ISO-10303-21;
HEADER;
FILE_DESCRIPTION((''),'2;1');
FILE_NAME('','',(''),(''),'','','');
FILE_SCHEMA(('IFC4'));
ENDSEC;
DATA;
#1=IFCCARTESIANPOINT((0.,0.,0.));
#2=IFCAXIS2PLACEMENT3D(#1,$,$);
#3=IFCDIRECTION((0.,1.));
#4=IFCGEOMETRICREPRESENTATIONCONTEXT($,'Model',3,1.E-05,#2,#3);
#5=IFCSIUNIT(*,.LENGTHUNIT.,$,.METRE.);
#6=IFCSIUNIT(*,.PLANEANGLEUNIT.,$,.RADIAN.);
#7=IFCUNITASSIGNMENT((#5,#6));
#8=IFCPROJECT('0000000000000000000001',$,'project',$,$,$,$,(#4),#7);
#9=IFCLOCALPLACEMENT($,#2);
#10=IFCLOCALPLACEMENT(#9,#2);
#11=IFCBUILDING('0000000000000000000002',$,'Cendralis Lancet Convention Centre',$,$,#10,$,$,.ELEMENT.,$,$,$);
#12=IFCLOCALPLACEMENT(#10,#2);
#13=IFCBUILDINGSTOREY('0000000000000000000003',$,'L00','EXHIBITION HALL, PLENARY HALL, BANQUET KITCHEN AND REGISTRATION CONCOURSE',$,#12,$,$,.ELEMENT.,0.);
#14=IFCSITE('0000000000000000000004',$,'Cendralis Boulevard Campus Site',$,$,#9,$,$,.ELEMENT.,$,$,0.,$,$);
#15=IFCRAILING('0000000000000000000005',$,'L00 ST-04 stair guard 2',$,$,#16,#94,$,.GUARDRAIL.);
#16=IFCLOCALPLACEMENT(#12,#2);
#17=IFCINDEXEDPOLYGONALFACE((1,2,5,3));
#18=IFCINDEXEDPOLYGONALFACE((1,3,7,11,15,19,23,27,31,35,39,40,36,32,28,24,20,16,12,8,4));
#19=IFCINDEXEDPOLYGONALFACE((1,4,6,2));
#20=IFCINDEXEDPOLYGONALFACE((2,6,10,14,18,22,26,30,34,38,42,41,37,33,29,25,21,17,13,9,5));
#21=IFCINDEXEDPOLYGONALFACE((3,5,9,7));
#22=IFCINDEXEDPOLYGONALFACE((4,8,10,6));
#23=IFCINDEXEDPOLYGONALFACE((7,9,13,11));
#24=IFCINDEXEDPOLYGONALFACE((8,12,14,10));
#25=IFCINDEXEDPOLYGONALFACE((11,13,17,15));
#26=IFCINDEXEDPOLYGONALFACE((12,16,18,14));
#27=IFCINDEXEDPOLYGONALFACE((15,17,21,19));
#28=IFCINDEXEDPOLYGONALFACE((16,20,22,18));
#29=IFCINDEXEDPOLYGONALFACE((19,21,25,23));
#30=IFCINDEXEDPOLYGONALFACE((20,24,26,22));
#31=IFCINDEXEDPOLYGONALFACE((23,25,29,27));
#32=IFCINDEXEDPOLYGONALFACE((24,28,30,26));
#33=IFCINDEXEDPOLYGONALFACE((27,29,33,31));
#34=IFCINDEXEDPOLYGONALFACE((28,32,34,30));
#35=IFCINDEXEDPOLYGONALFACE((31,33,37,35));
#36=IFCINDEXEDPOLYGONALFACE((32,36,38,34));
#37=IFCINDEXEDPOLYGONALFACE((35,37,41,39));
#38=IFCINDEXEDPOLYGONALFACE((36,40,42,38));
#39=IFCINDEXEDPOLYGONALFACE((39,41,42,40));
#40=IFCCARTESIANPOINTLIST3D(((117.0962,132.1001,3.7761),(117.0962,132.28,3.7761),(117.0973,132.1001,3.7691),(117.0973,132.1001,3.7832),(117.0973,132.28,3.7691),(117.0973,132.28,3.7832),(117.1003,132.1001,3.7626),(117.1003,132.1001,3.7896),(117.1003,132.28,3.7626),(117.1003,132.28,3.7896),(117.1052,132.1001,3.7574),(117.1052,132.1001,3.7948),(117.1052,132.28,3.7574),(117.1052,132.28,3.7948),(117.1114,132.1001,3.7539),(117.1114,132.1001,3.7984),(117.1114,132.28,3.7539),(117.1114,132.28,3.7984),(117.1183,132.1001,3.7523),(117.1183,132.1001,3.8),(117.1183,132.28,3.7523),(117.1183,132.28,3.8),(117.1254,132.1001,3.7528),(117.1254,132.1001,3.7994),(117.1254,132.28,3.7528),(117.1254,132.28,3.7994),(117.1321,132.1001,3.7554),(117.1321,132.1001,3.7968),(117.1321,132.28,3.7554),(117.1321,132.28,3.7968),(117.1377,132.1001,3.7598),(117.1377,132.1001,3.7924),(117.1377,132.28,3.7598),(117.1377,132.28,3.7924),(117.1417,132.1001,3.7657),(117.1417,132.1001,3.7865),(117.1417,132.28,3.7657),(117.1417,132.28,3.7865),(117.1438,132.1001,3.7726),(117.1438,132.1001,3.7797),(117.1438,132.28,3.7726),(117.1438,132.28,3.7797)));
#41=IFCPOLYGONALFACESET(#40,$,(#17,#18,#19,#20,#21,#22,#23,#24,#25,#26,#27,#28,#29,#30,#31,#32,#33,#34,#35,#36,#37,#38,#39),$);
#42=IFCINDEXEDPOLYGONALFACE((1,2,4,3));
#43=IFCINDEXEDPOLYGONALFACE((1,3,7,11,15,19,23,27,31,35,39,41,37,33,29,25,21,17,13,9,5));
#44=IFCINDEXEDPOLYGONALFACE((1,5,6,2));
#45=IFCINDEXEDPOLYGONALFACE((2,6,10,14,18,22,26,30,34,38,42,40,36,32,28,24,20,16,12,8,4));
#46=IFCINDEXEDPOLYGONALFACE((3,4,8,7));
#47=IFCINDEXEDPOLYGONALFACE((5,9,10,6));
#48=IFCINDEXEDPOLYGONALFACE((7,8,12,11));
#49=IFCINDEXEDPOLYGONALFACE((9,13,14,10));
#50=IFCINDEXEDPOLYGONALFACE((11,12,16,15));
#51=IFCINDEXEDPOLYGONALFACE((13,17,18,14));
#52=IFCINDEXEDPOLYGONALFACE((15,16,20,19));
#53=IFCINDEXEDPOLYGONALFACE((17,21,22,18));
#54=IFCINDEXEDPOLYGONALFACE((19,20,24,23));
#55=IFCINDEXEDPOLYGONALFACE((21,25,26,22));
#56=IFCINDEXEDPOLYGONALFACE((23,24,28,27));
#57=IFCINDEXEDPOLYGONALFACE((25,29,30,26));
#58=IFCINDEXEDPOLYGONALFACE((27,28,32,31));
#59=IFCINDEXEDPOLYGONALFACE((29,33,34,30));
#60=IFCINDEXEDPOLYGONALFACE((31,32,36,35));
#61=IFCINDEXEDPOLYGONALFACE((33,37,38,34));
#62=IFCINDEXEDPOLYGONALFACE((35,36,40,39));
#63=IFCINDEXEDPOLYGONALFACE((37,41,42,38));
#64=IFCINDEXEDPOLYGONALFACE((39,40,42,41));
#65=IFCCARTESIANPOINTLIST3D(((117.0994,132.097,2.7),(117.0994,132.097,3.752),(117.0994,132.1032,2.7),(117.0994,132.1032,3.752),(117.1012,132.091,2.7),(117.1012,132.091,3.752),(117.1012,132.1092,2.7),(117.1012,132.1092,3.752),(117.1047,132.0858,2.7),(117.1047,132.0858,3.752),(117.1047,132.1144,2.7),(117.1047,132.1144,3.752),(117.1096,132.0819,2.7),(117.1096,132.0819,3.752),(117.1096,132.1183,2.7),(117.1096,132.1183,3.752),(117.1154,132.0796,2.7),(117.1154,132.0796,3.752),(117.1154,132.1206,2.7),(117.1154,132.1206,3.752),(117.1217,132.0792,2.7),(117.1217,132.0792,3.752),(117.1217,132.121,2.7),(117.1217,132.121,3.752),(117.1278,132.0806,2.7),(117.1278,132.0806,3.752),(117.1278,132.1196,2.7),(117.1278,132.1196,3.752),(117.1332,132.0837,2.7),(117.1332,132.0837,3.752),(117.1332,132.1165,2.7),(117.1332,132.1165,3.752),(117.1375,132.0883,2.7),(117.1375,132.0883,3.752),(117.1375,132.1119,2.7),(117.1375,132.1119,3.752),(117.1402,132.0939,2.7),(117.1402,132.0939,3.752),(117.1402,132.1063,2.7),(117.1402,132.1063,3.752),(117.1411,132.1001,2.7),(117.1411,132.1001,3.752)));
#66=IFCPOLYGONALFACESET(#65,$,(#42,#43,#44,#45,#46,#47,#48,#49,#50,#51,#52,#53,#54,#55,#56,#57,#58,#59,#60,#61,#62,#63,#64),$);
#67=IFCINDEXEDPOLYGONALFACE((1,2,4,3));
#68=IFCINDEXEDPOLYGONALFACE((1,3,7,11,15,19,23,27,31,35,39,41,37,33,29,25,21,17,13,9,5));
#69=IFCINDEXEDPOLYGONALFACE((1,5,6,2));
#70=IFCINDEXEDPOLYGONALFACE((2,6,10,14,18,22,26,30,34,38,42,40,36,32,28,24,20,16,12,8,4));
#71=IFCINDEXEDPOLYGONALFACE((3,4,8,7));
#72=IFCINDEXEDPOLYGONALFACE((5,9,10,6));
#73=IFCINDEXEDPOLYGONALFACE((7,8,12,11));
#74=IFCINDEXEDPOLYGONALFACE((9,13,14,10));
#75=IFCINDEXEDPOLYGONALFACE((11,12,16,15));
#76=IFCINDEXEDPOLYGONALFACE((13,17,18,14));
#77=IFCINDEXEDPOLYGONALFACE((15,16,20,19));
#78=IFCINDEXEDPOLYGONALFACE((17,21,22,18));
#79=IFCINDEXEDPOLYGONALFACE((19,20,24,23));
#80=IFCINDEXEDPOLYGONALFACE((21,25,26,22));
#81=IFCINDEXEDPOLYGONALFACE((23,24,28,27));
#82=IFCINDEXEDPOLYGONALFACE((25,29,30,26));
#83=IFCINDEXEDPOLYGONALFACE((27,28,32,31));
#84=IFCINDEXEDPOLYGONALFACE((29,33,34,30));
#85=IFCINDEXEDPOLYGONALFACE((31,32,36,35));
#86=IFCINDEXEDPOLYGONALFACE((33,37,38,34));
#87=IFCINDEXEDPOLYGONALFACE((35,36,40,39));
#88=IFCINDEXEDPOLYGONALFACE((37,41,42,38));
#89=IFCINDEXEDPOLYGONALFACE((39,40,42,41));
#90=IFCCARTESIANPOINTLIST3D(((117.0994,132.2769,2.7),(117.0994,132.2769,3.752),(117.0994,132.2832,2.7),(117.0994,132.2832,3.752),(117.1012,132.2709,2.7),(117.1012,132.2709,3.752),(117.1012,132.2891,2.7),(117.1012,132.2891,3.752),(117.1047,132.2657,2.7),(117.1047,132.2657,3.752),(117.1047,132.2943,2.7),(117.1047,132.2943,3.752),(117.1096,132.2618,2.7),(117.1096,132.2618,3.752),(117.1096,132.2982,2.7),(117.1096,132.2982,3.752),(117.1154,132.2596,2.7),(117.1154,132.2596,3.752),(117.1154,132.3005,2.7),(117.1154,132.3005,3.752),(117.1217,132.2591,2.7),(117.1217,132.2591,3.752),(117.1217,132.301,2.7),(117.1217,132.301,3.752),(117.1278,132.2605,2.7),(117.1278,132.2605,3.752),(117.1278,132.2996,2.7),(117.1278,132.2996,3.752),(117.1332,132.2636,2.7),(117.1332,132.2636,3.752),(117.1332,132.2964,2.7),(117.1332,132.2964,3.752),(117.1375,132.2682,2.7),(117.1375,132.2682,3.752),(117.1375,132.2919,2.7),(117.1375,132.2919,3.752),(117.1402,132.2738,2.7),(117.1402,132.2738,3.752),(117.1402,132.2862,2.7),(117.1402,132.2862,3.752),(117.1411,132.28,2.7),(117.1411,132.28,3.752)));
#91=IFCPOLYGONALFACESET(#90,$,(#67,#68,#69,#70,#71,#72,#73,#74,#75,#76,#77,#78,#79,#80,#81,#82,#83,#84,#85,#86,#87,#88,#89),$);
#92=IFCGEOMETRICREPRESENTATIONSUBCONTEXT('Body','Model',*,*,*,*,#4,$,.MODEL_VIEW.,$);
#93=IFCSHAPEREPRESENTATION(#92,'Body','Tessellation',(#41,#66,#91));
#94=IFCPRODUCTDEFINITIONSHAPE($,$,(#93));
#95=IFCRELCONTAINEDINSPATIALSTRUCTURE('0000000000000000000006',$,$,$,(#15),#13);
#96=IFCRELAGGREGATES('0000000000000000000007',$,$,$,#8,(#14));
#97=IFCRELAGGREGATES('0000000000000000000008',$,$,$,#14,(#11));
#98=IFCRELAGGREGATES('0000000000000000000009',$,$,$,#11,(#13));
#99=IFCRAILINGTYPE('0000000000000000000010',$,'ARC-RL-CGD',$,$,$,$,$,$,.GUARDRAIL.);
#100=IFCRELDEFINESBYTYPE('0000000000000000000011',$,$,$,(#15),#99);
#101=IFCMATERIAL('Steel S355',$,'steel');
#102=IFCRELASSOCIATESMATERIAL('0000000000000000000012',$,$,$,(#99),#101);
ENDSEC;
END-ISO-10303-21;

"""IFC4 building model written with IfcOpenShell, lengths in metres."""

from ifc_helpers import new_model, si_unit, direction, frame, origin, origin_2d, place, context, subcontext, project, spatial, circle, extrude, material, type_object, element, save


model = new_model("IFC4")

# Units and contexts
model_context = context("Model", 3, precision=1e-05, world=origin(), true_north=direction((0.0, 1.0)))
body_context = subcontext(model_context, "Body", "Model", "MODEL_VIEW")
ifc_project = project(units=[si_unit("LENGTHUNIT", "METRE"), si_unit("PLANEANGLEUNIT", "RADIAN")], contexts=[model_context])

# Site, building, storey
site_placement = place(None, origin())
site = spatial("IfcSite", under=ifc_project, at=site_placement, Name="Cendralis Boulevard Campus Site", CompositionType="ELEMENT", RefElevation=0.0)
building_placement = place(site_placement, origin())
building = spatial("IfcBuilding", under=site, at=building_placement, Name="Cendralis Lancet Convention Centre", CompositionType="ELEMENT")
storey_placement = place(building_placement, origin())
storey = spatial("IfcBuildingStorey", under=building, at=storey_placement, Name="L00", Description="EXHIBITION HALL, PLENARY HALL, BANQUET KITCHEN AND REGISTRATION CONCOURSE", CompositionType="ELEMENT", Elevation=0.0)

# Shared definitions
ifc_material_1 = material(Name="Steel S355", Category="steel")

# Railing
railing_type_1 = type_object("IfcRailingType", Name="ARC-RL-CGD", PredefinedType="GUARDRAIL", material=ifc_material_1)
railing_1_placement = place(storey_placement, frame((117.1201, 132.1001, 2.7)))
element("IfcRailing", 1, at=railing_1_placement, inside=storey, type_object=railing_type_1, Name="L00 ST-04 stair guard 2", PredefinedType="GUARDRAIL", context=body_context, shape_type="SweptSolid", body=[
    extrude(circle(Radius=0.0239, at=origin_2d()), frame((0.0, 0.0, 1.0762), z_axis=(0.0, 1.0, 0.0), x_axis=(-1.0, 0.0, 0.0)), (0.0, 0.0, 1.0), 0.1799),
    extrude(circle(Radius=0.021, at=origin_2d()), origin(), (0.0, 0.0, 1.0), 1.052),
    extrude(circle(Radius=0.021, at=origin_2d()), frame((0.0, 0.1799, 0.0)), (0.0, 0.0, 1.0), 1.052),
])

save(model, "model.ifc")
